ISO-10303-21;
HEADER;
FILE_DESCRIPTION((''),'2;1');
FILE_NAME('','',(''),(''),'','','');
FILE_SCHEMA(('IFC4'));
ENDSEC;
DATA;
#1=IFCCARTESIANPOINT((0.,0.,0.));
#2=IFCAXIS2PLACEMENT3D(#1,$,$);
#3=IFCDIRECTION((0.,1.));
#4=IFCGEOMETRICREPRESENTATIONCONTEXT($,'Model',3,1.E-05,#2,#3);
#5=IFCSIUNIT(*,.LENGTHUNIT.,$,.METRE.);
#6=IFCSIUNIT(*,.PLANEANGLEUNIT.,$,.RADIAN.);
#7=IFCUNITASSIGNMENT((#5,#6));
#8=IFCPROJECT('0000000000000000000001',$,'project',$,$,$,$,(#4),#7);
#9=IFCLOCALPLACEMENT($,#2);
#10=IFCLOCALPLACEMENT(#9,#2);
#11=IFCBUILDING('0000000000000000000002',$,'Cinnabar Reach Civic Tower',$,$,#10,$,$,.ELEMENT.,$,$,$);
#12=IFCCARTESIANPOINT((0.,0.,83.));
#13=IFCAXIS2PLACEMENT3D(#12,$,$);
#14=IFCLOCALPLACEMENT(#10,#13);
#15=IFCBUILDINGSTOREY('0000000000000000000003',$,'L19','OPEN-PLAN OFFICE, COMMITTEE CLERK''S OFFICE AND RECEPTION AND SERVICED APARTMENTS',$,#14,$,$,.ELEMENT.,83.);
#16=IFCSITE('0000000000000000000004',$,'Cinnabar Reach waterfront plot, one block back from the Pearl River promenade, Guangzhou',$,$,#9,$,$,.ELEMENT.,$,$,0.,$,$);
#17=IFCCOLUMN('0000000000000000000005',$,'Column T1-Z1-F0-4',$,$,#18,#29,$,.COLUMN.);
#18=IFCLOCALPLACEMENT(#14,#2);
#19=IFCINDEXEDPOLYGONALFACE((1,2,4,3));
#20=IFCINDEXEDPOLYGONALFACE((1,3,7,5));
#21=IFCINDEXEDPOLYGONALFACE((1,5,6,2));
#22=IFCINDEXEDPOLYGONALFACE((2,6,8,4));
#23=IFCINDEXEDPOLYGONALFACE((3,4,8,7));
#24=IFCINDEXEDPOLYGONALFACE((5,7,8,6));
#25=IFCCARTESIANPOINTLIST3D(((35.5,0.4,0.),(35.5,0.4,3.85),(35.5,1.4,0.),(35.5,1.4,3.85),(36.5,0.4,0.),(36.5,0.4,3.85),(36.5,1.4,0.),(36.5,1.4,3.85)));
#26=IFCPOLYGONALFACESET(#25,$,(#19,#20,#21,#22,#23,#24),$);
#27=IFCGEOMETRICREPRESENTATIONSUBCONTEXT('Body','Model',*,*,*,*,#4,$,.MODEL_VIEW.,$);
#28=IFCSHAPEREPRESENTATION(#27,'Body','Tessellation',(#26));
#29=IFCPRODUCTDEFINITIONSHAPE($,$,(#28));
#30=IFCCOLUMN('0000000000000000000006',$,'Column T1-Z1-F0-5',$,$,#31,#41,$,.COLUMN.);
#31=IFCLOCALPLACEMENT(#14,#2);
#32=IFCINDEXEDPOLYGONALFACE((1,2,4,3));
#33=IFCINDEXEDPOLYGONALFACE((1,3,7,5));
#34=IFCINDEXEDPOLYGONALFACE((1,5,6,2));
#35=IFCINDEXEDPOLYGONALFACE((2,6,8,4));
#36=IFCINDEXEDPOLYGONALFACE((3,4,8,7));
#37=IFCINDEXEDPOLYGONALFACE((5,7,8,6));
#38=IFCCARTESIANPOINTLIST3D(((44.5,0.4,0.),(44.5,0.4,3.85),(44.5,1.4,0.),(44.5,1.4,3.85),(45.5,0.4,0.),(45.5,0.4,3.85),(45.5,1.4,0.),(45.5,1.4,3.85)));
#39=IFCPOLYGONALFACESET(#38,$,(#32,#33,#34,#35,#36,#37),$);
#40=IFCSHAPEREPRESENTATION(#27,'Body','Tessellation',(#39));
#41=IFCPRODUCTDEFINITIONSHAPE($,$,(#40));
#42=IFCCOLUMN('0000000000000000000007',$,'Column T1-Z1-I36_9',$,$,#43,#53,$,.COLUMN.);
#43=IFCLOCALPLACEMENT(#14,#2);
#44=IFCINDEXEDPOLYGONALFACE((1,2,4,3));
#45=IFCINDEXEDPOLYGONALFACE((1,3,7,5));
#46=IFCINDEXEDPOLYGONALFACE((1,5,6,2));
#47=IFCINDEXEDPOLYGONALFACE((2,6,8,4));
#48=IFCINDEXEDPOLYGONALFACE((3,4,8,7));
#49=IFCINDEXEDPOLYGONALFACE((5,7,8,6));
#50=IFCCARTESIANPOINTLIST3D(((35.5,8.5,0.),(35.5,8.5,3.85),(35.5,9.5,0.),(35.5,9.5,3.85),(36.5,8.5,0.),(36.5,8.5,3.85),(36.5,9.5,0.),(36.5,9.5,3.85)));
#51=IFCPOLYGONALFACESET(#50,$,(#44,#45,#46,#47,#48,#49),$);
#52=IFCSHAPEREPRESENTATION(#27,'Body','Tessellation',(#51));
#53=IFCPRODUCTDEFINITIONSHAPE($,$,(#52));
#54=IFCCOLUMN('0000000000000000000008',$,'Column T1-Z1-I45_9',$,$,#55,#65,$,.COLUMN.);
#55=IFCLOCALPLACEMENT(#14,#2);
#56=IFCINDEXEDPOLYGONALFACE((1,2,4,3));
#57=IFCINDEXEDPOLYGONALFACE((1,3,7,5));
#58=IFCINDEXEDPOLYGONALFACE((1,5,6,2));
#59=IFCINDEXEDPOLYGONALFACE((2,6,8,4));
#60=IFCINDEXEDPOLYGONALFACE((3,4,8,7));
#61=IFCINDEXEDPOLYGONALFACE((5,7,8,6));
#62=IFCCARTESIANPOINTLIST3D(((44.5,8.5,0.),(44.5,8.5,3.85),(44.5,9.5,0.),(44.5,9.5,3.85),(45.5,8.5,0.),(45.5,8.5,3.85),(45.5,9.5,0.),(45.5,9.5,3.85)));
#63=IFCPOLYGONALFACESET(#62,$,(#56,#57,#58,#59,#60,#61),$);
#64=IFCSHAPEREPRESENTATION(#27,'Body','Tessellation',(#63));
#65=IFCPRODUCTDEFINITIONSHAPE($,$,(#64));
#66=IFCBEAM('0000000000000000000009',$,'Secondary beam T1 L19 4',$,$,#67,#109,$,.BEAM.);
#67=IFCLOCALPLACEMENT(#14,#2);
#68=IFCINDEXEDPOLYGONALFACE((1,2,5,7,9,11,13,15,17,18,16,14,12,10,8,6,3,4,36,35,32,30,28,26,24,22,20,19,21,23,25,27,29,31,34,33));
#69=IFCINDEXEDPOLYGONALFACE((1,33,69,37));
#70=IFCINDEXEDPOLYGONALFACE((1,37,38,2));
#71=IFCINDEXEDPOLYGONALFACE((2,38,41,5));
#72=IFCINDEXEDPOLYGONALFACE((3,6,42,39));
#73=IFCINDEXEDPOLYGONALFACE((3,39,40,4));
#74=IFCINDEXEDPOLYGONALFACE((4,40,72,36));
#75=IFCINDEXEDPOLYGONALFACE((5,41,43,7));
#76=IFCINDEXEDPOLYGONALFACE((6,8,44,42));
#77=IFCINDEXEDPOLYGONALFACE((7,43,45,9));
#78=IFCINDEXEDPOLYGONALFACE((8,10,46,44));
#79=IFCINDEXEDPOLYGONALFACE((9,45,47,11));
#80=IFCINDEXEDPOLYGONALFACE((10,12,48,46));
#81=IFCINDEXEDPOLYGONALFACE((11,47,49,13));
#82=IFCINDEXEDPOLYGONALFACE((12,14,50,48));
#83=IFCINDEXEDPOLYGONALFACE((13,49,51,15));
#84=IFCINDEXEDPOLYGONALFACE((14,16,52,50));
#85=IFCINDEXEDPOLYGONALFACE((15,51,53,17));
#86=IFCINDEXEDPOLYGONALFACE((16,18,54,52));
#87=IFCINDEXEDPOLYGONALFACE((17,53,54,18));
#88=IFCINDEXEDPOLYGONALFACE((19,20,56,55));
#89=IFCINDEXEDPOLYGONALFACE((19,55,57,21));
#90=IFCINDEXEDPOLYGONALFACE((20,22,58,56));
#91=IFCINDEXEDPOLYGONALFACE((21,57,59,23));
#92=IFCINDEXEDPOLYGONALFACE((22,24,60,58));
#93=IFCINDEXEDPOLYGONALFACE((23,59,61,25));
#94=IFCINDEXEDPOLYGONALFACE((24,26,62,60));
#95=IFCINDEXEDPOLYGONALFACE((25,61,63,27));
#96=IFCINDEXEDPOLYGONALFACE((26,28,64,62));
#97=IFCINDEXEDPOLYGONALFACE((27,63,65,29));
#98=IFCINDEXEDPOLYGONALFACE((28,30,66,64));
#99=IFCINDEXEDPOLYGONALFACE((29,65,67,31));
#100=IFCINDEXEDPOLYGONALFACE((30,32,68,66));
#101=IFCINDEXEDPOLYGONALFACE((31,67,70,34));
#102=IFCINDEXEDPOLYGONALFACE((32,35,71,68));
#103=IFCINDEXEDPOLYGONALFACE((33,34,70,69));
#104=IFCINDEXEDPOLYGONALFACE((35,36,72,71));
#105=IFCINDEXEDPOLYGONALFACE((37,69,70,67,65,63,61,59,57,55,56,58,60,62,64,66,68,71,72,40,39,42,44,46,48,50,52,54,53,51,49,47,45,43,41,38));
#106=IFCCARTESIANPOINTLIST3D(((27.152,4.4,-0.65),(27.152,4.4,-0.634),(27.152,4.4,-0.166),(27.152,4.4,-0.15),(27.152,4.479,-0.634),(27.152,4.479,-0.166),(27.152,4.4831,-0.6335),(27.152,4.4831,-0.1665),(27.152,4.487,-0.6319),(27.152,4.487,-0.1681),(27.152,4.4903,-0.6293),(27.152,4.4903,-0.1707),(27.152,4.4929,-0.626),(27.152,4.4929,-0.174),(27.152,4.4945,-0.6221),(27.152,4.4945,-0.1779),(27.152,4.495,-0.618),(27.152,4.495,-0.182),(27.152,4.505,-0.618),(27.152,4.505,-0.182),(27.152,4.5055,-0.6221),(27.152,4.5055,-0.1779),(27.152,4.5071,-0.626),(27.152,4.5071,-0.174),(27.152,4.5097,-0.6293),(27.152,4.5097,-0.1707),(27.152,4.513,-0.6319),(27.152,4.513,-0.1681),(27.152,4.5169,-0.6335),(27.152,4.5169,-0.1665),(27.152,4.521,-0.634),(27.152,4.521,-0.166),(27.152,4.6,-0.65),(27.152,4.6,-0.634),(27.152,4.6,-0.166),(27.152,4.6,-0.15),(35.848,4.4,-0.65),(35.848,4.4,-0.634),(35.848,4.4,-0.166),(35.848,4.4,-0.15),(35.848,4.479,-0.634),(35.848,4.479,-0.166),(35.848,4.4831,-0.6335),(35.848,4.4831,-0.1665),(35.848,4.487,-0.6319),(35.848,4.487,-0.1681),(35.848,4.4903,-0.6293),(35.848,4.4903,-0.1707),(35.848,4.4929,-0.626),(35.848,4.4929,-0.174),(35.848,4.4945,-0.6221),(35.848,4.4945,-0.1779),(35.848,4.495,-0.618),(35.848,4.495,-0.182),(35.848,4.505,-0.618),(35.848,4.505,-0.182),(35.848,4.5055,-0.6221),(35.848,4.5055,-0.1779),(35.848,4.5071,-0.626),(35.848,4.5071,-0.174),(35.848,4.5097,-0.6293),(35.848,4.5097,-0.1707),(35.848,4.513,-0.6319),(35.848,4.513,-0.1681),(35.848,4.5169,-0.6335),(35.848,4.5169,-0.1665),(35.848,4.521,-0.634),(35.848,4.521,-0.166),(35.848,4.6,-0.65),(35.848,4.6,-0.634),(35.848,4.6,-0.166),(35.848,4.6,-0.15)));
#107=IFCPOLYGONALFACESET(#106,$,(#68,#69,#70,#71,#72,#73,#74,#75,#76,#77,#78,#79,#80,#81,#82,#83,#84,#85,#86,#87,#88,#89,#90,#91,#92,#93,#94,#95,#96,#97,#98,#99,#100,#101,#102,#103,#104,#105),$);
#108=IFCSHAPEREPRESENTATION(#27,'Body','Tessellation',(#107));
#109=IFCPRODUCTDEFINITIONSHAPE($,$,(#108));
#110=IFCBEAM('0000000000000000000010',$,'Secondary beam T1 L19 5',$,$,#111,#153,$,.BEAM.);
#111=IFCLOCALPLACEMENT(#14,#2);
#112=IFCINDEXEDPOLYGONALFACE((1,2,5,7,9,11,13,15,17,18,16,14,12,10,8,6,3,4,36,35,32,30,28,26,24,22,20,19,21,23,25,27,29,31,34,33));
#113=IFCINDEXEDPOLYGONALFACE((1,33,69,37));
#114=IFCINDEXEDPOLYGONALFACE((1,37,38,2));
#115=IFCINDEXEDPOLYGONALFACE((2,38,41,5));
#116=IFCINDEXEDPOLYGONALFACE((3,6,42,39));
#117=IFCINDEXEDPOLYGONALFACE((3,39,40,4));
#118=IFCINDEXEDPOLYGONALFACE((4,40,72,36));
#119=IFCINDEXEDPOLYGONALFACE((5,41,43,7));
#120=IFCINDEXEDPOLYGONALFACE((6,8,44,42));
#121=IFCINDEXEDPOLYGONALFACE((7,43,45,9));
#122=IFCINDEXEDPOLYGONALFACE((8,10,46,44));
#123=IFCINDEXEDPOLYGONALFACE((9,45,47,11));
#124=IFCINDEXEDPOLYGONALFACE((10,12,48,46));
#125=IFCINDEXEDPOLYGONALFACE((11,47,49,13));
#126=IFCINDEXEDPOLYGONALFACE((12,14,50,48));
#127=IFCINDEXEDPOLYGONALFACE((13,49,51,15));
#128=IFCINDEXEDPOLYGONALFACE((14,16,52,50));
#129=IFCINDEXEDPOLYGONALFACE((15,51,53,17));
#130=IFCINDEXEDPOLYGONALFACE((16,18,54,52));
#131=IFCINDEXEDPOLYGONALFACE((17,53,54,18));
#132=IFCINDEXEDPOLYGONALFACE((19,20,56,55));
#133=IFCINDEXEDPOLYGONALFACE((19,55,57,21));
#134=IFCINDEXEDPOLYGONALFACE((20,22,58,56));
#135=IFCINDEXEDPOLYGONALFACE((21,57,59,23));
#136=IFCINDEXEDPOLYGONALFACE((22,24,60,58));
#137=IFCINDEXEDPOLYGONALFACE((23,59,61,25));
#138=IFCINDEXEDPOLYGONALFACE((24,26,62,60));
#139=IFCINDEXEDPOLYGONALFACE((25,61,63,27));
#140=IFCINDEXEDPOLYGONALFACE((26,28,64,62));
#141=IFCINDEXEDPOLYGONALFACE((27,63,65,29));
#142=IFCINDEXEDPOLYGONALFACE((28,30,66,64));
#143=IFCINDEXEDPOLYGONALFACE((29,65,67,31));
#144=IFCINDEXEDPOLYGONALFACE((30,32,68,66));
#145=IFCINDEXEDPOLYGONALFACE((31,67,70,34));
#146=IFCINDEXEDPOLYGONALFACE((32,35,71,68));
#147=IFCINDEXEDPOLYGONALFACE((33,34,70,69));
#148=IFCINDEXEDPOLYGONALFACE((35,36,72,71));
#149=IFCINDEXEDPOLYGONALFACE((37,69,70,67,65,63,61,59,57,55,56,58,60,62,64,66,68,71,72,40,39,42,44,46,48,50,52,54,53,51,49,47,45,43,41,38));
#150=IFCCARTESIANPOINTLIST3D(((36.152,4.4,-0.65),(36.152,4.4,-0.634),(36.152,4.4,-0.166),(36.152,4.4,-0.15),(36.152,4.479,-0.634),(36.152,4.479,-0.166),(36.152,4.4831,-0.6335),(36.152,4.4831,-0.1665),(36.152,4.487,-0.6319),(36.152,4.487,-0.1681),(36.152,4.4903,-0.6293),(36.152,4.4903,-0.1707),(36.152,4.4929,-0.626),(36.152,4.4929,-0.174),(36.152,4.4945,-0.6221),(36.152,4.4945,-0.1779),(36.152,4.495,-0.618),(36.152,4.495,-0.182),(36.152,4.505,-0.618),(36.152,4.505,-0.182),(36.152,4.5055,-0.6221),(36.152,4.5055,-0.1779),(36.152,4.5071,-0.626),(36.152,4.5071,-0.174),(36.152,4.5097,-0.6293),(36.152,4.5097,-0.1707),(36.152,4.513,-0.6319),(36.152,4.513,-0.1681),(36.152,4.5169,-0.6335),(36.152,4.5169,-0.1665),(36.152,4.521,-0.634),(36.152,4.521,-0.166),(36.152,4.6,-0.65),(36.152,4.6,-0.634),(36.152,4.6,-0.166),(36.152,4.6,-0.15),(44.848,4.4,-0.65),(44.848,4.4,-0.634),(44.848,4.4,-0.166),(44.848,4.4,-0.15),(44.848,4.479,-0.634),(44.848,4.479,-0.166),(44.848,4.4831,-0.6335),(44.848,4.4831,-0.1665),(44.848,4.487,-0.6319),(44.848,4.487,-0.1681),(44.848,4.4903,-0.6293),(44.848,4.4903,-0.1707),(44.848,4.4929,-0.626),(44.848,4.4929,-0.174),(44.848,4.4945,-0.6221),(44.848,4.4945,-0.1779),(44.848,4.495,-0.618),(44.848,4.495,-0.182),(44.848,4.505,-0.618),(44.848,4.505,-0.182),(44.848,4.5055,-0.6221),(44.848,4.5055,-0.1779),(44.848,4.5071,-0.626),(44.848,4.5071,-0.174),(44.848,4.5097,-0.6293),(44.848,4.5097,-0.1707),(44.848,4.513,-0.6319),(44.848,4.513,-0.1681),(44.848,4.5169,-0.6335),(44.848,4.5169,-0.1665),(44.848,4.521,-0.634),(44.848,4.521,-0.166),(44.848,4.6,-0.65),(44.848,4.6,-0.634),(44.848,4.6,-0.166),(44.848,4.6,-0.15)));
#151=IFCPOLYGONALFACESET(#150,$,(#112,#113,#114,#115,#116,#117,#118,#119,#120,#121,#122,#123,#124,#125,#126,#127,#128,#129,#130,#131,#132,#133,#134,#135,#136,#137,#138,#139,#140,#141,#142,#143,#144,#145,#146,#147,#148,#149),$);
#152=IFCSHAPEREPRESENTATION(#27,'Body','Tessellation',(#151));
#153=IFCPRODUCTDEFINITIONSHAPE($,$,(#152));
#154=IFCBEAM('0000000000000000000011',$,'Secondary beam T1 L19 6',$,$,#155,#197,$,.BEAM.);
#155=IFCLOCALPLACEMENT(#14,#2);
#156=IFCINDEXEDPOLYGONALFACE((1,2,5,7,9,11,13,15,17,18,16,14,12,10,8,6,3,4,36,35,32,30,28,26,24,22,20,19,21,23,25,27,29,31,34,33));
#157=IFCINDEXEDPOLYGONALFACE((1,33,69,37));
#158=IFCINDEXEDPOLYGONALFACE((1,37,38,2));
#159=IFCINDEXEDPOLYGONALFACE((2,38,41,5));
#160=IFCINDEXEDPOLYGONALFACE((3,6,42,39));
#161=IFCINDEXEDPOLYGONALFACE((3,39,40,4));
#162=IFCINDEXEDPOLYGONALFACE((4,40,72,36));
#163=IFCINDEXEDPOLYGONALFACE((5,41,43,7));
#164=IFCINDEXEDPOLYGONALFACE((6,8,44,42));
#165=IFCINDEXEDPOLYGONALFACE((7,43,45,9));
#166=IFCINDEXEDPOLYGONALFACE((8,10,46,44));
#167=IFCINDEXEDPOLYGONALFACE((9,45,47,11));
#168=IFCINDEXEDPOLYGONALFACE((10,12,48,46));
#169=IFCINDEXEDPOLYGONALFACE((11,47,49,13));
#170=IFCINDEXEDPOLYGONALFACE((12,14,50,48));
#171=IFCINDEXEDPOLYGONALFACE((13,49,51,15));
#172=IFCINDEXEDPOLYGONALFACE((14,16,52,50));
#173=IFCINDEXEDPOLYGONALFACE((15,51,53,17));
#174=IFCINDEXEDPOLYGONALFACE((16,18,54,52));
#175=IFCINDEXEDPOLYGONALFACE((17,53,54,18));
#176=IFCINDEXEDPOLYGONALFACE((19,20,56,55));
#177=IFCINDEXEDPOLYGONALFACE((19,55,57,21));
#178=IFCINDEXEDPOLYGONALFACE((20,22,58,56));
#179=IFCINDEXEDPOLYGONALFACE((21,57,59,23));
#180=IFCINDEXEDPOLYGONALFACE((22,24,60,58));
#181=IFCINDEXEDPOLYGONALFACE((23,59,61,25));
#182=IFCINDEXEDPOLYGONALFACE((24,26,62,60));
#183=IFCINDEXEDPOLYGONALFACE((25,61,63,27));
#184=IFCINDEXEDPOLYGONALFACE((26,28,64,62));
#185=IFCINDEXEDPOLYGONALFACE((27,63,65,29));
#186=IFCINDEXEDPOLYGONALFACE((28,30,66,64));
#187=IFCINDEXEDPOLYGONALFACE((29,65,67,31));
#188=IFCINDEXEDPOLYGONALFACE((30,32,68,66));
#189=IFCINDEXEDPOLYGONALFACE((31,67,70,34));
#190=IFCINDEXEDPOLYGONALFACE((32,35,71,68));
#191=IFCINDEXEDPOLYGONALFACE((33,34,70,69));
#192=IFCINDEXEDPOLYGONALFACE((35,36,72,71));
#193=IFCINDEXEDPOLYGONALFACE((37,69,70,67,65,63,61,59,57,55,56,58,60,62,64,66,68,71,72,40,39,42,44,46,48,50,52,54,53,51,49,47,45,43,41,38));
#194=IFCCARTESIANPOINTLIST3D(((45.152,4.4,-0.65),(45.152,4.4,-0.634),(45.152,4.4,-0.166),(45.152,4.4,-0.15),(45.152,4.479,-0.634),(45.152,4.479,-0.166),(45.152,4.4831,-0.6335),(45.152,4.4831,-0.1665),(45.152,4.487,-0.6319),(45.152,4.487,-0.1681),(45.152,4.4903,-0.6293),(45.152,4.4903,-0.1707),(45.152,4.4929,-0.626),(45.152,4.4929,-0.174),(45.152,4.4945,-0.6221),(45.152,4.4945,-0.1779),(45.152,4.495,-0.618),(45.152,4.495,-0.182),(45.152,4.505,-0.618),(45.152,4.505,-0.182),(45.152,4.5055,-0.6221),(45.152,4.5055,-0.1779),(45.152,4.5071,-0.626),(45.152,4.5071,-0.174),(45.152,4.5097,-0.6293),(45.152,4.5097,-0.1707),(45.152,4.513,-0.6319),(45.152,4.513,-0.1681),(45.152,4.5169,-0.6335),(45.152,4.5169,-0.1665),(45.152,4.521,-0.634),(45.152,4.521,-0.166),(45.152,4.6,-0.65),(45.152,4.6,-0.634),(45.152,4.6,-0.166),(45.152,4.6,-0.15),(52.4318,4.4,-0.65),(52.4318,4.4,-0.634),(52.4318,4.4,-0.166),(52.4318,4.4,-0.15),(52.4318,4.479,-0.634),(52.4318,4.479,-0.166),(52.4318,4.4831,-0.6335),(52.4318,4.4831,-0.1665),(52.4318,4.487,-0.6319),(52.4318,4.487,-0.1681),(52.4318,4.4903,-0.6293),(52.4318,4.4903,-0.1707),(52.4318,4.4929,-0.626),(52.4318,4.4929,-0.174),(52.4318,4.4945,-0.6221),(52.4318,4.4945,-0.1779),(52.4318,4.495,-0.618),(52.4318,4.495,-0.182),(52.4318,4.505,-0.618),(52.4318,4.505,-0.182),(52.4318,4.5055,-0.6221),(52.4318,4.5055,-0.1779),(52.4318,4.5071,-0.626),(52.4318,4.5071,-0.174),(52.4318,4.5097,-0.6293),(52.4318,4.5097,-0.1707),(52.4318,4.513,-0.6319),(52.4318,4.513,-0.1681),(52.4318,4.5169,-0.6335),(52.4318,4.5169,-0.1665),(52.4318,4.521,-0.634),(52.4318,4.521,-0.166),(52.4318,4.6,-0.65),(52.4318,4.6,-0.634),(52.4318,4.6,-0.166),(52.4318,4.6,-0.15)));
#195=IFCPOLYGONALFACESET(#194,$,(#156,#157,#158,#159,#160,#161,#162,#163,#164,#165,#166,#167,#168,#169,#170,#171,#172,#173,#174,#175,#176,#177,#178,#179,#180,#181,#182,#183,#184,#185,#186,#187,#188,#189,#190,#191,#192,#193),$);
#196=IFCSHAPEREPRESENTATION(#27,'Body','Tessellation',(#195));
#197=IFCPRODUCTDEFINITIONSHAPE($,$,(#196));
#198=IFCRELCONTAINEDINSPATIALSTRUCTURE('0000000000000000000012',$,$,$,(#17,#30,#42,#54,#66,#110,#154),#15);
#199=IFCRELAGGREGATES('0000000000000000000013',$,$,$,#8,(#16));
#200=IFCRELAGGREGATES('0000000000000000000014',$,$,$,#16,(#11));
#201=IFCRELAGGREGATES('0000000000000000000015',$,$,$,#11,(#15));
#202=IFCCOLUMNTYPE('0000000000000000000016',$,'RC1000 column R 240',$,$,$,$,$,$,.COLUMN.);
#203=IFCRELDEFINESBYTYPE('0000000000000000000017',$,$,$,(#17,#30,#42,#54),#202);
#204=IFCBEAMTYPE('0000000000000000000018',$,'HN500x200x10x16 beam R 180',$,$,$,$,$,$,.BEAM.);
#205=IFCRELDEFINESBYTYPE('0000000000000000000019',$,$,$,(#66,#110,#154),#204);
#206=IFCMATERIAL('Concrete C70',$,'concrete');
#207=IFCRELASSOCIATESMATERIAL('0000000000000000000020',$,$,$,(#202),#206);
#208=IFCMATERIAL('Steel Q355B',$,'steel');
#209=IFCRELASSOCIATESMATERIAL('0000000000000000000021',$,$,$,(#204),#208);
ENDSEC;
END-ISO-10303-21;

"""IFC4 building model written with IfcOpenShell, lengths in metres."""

from ifc_helpers import new_model, si_unit, direction, frame, origin, origin_2d, place, context, subcontext, project, spatial, rectangle, i_section, extrude, material, material_profile, profile_set, type_object, element, save


model = new_model("IFC4")

# Units and contexts
model_context = context("Model", 3, precision=1e-05, world=origin(), true_north=direction((0.0, 1.0)))
body_context = subcontext(model_context, "Body", "Model", "MODEL_VIEW")
ifc_project = project(units=[si_unit("LENGTHUNIT", "METRE"), si_unit("PLANEANGLEUNIT", "RADIAN")], contexts=[model_context])

# Site, building, storey
site_placement = place(None, origin())
site = spatial("IfcSite", under=ifc_project, at=site_placement, Name="Cinnabar Reach waterfront plot, one block back from the Pearl River promenade, Guangzhou", CompositionType="ELEMENT", RefElevation=0.0)
building_placement = place(site_placement, origin())
building = spatial("IfcBuilding", under=site, at=building_placement, Name="Cinnabar Reach Civic Tower", CompositionType="ELEMENT")
storey_placement = place(building_placement, frame((0.0, 0.0, 83.0)))
storey = spatial("IfcBuildingStorey", under=building, at=storey_placement, Name="L19", Description="OPEN-PLAN OFFICE, COMMITTEE CLERK'S OFFICE AND RECEPTION AND SERVICED APARTMENTS", CompositionType="ELEMENT", Elevation=83.0)

# Columns
ifc_material_1 = material(Name="Concrete C70", Category="concrete")
ifc_material_profile_1 = material_profile(ifc_material_1, rectangle(XDim=1.0, YDim=1.0, at=origin_2d()), Name="RC1000")
ifc_profile_set_1 = profile_set([ifc_material_profile_1], Name="Concrete C70")
column_type = type_object("IfcColumnType", Name="RC1000 column R 240", PredefinedType="COLUMN", material=ifc_profile_set_1)
for number, where, z_axis, x_axis, name in (
    (1, (36.0, 0.9, 0.0), (0.0, 0.0, 1.0), (1.0, 0.0, 0.0), "Column T1-Z1-F0-4"),
    (2, (45.0, 0.9, 0.0), (0.0, 0.0, 1.0), (1.0, 0.0, 0.0), "Column T1-Z1-F0-5"),
    (3, (36.0, 9.0, 0.0), (0.0, 0.0, 1.0), (1.0, 0.0, 0.0), "Column T1-Z1-I36_9"),
    (4, (45.0, 9.0, 0.0), (0.0, 0.0, 1.0), (1.0, 0.0, 0.0), "Column T1-Z1-I45_9"),
):
    element("IfcColumn", number, at=place(storey_placement, frame(where, z_axis=z_axis, x_axis=x_axis)), inside=storey, type_object=column_type, Name=name, PredefinedType="COLUMN", context=body_context, shape_type="SweptSolid", body=[
        extrude(rectangle(XDim=1.0, YDim=1.0, at=origin_2d()), origin(), (0.0, 0.0, 1.0), 3.85),
    ])

# Beams
ifc_material_2 = material(Name="Steel Q355B", Category="steel")
ifc_material_profile_2 = material_profile(ifc_material_2, i_section(OverallWidth=0.2, OverallDepth=0.5, WebThickness=0.01, FlangeThickness=0.016, FilletRadius=0.016, at=origin_2d()), Name="HN500x200x10x16")
ifc_profile_set_2 = profile_set([ifc_material_profile_2], Name="Steel Q355B")
beam_type_1 = type_object("IfcBeamType", Name="HN500x200x10x16 beam R 180", PredefinedType="BEAM", material=ifc_profile_set_2)
for number, where, z_axis, x_axis, name in (
    (5, (27.152, 4.5, -0.4), (1.0, 0.0, 0.0), (0.0, 1.0, 0.0), "Secondary beam T1 L19 4"),
    (6, (36.152, 4.5, -0.4), (1.0, 0.0, 0.0), (0.0, 1.0, 0.0), "Secondary beam T1 L19 5"),
):
    element("IfcBeam", number, at=place(storey_placement, frame(where, z_axis=z_axis, x_axis=x_axis)), inside=storey, type_object=beam_type_1, Name=name, PredefinedType="BEAM", context=body_context, shape_type="SweptSolid", body=[
        extrude(i_section(OverallWidth=0.2, OverallDepth=0.5, WebThickness=0.01, FlangeThickness=0.016, FilletRadius=0.016, at=origin_2d()), origin(), (0.0, 0.0, 1.0), 8.696),
    ])
beam_placement = place(storey_placement, frame((45.152, 4.5, -0.4), z_axis=(1.0, 0.0, 0.0), x_axis=(0.0, 1.0, 0.0)))
element("IfcBeam", 7, at=beam_placement, inside=storey, type_object=beam_type_1, Name="Secondary beam T1 L19 6", PredefinedType="BEAM", context=body_context, shape_type="SweptSolid", body=[
    extrude(i_section(OverallWidth=0.2, OverallDepth=0.5, WebThickness=0.01, FlangeThickness=0.016, FilletRadius=0.016, at=origin_2d()), origin(), (0.0, 0.0, 1.0), 7.2798),
])

save(model, "model.ifc")
